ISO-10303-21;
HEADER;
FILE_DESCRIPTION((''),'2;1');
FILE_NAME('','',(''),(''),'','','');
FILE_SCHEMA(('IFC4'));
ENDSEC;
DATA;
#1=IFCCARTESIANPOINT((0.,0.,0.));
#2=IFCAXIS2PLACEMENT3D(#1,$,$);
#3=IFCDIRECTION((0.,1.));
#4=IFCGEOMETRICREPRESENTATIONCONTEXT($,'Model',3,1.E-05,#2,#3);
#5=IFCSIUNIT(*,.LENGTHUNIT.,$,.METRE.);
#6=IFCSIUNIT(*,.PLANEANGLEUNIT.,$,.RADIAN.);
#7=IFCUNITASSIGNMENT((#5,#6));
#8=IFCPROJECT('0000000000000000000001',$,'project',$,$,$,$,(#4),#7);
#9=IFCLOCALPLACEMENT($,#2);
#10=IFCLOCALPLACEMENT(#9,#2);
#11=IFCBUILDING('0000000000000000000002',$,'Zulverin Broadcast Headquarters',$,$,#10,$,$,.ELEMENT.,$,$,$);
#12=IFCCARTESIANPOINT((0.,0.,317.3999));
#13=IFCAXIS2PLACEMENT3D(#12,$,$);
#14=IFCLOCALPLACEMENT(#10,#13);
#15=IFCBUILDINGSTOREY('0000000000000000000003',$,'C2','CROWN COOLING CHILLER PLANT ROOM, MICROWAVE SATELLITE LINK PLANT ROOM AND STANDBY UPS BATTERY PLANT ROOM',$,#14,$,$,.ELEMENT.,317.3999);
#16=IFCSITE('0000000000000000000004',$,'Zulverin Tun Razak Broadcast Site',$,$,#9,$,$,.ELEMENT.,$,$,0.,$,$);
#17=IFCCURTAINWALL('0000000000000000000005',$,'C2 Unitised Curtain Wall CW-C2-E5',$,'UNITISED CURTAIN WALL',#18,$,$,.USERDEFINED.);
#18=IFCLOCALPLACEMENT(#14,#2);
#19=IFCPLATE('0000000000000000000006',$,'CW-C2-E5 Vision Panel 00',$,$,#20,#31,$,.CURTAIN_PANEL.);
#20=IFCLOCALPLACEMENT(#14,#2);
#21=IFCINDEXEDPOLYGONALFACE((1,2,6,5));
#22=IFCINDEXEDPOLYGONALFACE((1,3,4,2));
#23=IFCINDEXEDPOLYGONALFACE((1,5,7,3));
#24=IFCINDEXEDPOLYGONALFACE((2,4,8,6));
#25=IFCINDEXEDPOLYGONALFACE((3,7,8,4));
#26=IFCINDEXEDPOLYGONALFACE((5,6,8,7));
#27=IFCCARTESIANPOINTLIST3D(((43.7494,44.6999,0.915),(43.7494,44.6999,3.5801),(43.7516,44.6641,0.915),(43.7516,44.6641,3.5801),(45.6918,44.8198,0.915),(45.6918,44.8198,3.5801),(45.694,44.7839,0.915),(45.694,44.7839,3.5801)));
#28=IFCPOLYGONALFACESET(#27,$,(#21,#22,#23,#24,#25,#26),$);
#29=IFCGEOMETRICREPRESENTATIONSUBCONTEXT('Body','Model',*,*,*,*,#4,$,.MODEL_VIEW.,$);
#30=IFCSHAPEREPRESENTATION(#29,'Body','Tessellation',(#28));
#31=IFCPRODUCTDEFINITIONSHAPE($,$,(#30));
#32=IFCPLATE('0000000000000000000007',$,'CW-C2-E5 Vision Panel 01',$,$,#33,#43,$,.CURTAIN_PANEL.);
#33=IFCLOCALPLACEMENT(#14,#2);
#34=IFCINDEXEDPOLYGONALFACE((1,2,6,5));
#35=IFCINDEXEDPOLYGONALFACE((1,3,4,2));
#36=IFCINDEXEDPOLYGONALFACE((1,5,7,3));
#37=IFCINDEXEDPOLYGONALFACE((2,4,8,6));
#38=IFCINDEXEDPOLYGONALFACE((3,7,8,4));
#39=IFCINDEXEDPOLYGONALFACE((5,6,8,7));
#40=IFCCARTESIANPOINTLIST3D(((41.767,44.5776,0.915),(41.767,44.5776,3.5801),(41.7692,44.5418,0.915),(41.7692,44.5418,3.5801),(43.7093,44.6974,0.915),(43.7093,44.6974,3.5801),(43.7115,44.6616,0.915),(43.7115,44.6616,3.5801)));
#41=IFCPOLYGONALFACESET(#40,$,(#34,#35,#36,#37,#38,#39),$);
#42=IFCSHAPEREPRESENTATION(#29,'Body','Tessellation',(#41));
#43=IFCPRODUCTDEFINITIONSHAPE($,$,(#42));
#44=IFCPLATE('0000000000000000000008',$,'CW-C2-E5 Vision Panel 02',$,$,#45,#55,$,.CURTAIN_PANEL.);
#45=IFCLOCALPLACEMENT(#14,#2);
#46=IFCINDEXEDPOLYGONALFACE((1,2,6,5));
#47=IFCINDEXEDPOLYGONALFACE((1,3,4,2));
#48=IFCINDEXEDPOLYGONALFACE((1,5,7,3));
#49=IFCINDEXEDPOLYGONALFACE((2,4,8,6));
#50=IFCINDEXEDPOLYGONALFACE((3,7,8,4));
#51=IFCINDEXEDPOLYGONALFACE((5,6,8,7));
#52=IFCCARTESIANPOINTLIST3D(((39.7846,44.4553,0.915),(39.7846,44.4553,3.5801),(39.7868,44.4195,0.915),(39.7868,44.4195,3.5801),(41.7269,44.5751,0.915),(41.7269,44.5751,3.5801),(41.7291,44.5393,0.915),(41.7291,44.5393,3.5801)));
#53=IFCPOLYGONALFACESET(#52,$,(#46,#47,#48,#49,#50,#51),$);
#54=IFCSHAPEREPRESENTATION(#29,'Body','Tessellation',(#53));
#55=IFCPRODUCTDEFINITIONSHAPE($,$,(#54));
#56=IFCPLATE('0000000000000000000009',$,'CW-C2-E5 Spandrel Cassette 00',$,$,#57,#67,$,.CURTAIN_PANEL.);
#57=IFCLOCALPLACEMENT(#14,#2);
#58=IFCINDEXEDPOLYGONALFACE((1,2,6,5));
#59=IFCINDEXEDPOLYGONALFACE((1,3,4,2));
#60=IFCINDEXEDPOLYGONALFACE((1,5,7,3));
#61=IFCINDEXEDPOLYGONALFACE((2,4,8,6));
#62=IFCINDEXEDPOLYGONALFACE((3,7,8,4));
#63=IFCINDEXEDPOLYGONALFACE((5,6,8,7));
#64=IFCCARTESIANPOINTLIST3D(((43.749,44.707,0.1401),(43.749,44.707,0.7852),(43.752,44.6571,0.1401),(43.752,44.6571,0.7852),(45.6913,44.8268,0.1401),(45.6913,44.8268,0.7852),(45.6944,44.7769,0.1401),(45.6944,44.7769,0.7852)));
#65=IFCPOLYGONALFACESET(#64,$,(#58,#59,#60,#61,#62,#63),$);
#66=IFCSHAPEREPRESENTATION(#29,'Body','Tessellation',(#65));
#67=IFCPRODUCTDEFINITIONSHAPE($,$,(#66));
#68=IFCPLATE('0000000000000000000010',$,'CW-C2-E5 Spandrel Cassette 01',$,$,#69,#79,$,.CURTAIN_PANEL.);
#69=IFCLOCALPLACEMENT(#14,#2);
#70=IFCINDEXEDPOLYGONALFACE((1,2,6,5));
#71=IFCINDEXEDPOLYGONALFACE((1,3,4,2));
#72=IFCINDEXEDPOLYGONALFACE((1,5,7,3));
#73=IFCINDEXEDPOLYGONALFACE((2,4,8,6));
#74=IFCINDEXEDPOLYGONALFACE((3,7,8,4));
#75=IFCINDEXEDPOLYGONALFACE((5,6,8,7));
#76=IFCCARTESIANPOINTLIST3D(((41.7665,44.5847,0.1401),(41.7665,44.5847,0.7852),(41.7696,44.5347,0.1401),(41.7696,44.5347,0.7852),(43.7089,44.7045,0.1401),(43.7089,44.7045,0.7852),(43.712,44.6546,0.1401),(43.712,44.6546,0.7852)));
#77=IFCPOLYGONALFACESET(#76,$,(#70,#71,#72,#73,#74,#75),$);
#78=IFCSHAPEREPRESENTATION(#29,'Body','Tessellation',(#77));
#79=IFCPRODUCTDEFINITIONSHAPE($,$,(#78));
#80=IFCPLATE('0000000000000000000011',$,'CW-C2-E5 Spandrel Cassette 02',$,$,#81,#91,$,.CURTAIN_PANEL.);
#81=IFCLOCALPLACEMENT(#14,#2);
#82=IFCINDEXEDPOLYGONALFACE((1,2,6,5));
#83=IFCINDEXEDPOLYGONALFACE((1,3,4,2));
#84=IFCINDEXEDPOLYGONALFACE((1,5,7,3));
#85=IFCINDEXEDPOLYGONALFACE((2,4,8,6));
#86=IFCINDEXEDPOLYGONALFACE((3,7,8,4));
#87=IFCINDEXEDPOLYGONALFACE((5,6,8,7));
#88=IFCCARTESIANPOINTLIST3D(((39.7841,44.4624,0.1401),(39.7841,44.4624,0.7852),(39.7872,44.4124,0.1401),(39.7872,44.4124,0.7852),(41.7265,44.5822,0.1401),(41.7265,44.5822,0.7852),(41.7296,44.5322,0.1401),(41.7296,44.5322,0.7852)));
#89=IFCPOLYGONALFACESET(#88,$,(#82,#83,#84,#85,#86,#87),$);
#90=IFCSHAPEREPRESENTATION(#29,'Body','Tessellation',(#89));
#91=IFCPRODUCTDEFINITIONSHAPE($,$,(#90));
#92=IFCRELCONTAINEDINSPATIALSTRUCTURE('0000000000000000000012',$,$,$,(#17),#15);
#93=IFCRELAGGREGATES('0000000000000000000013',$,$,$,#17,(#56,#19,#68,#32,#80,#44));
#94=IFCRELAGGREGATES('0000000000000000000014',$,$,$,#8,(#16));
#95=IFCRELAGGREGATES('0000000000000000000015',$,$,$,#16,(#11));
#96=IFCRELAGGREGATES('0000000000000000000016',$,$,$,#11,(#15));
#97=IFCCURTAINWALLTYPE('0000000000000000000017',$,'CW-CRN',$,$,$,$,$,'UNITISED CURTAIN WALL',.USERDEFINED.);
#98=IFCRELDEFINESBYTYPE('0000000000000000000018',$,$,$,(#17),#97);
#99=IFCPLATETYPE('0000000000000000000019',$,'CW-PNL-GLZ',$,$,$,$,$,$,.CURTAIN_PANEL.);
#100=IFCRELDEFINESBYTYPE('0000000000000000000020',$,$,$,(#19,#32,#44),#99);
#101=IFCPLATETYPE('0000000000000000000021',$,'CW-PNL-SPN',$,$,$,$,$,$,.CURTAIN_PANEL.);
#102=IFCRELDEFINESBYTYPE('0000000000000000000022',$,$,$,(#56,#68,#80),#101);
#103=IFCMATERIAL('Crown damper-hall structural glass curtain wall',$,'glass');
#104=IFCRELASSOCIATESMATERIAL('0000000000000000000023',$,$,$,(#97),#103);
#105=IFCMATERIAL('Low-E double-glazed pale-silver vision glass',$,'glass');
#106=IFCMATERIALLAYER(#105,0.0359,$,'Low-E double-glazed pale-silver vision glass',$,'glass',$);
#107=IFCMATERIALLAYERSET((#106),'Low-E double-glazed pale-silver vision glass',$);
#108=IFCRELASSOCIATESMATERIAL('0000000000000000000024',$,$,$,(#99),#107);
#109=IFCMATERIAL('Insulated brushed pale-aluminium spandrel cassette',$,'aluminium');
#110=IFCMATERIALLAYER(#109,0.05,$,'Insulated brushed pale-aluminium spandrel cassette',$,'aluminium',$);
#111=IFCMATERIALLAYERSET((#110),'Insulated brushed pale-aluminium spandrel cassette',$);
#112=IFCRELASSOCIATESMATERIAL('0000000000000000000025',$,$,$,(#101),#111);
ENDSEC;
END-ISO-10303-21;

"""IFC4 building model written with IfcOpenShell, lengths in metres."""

from ifc_helpers import new_model, si_unit, direction, frame, origin, origin_2d, place, context, subcontext, project, spatial, rectangle, extrude, material, layer, layer_set, type_object, element, aggregate, save


model = new_model("IFC4")

# Units and contexts
model_context = context("Model", 3, precision=1e-05, world=origin(), true_north=direction((0.0, 1.0)))
body_context = subcontext(model_context, "Body", "Model", "MODEL_VIEW")
ifc_project = project(units=[si_unit("LENGTHUNIT", "METRE"), si_unit("PLANEANGLEUNIT", "RADIAN")], contexts=[model_context])

# Site, building, storey
site_placement = place(None, origin())
site = spatial("IfcSite", under=ifc_project, at=site_placement, Name="Zulverin Tun Razak Broadcast Site", CompositionType="ELEMENT", RefElevation=0.0)
building_placement = place(site_placement, origin())
building = spatial("IfcBuilding", under=site, at=building_placement, Name="Zulverin Broadcast Headquarters", CompositionType="ELEMENT")
storey_placement = place(building_placement, frame((0.0, 0.0, 317.3999)))
storey = spatial("IfcBuildingStorey", under=building, at=storey_placement, Name="C2", Description="CROWN COOLING CHILLER PLANT ROOM, MICROWAVE SATELLITE LINK PLANT ROOM AND STANDBY UPS BATTERY PLANT ROOM", CompositionType="ELEMENT", Elevation=317.3999)

# Curtain wall, plates
ifc_material_1 = material(Name="Crown damper-hall structural glass curtain wall", Category="glass")
curtain_wall_type = type_object("IfcCurtainWallType", Name="CW-CRN", ElementType="UNITISED CURTAIN WALL", PredefinedType="USERDEFINED", material=ifc_material_1)
curtain_wall_placement = place(storey_placement, origin())
curtain_wall = element("IfcCurtainWall", 1, at=curtain_wall_placement, inside=storey, type_object=curtain_wall_type, Name="C2 Unitised Curtain Wall CW-C2-E5", ObjectType="UNITISED CURTAIN WALL", PredefinedType="USERDEFINED")
ifc_material_2 = material(Name="Low-E double-glazed pale-silver vision glass", Category="glass")
ifc_layer_1 = layer(ifc_material_2, 0.0359, Name="Low-E double-glazed pale-silver vision glass", Category="glass")
ifc_layer_set_1 = layer_set([ifc_layer_1], Name="Low-E double-glazed pale-silver vision glass")
plate_type_1 = type_object("IfcPlateType", Name="CW-PNL-GLZ", PredefinedType="CURTAIN_PANEL", material=ifc_layer_set_1)
plate_1_placement = place(storey_placement, frame((44.7217, 44.7419, 0.915), z_axis=(0.0, 0.0, 1.0), x_axis=(-0.998103, -0.061569, 0.0)))
plate_1 = element("IfcPlate", 2, at=plate_1_placement, type_object=plate_type_1, Name="CW-C2-E5 Vision Panel 00", PredefinedType="CURTAIN_PANEL", context=body_context, shape_type="SweptSolid", body=[
    extrude(rectangle(XDim=1.946, YDim=0.0359, at=origin_2d()), origin(), (0.0, 0.0, 1.0), 2.665),
])
plate_2_placement = place(storey_placement, frame((42.7393, 44.6196, 0.915), z_axis=(0.0, 0.0, 1.0), x_axis=(-0.998103, -0.061569, 0.0)))
plate_2 = element("IfcPlate", 3, at=plate_2_placement, type_object=plate_type_1, Name="CW-C2-E5 Vision Panel 01", PredefinedType="CURTAIN_PANEL", context=body_context, shape_type="SweptSolid", body=[
    extrude(rectangle(XDim=1.946, YDim=0.0359, at=origin_2d()), origin(), (0.0, 0.0, 1.0), 2.665),
])
plate_3_placement = place(storey_placement, frame((40.7568, 44.4973, 0.915), z_axis=(0.0, 0.0, 1.0), x_axis=(-0.998103, -0.061569, 0.0)))
plate_3 = element("IfcPlate", 4, at=plate_3_placement, type_object=plate_type_1, Name="CW-C2-E5 Vision Panel 02", PredefinedType="CURTAIN_PANEL", context=body_context, shape_type="SweptSolid", body=[
    extrude(rectangle(XDim=1.946, YDim=0.0359, at=origin_2d()), origin(), (0.0, 0.0, 1.0), 2.665),
])
ifc_material_3 = material(Name="Insulated brushed pale-aluminium spandrel cassette", Category="aluminium")
ifc_layer_2 = layer(ifc_material_3, 0.05, Name="Insulated brushed pale-aluminium spandrel cassette", Category="aluminium")
ifc_layer_set_2 = layer_set([ifc_layer_2], Name="Insulated brushed pale-aluminium spandrel cassette")
plate_type_2 = type_object("IfcPlateType", Name="CW-PNL-SPN", PredefinedType="CURTAIN_PANEL", material=ifc_layer_set_2)
plate_4_placement = place(storey_placement, frame((44.7217, 44.7419, 0.1401), z_axis=(0.0, 0.0, 1.0), x_axis=(-0.998103, -0.061569, 0.0)))
plate_4 = element("IfcPlate", 5, at=plate_4_placement, type_object=plate_type_2, Name="CW-C2-E5 Spandrel Cassette 00", PredefinedType="CURTAIN_PANEL", context=body_context, shape_type="SweptSolid", body=[
    extrude(rectangle(XDim=1.946, YDim=0.05, at=origin_2d()), origin(), (0.0, 0.0, 1.0), 0.645),
])
plate_5_placement = place(storey_placement, frame((42.7393, 44.6196, 0.1401), z_axis=(0.0, 0.0, 1.0), x_axis=(-0.998103, -0.061569, 0.0)))
plate_5 = element("IfcPlate", 6, at=plate_5_placement, type_object=plate_type_2, Name="CW-C2-E5 Spandrel Cassette 01", PredefinedType="CURTAIN_PANEL", context=body_context, shape_type="SweptSolid", body=[
    extrude(rectangle(XDim=1.946, YDim=0.05, at=origin_2d()), origin(), (0.0, 0.0, 1.0), 0.645),
])
plate_6_placement = place(storey_placement, frame((40.7568, 44.4973, 0.1401), z_axis=(0.0, 0.0, 1.0), x_axis=(-0.998103, -0.061569, 0.0)))
plate_6 = element("IfcPlate", 7, at=plate_6_placement, type_object=plate_type_2, Name="CW-C2-E5 Spandrel Cassette 02", PredefinedType="CURTAIN_PANEL", context=body_context, shape_type="SweptSolid", body=[
    extrude(rectangle(XDim=1.946, YDim=0.05, at=origin_2d()), origin(), (0.0, 0.0, 1.0), 0.645),
])
aggregate(curtain_wall, [plate_4, plate_1, plate_5, plate_2, plate_6, plate_3])

save(model, "model.ifc")
